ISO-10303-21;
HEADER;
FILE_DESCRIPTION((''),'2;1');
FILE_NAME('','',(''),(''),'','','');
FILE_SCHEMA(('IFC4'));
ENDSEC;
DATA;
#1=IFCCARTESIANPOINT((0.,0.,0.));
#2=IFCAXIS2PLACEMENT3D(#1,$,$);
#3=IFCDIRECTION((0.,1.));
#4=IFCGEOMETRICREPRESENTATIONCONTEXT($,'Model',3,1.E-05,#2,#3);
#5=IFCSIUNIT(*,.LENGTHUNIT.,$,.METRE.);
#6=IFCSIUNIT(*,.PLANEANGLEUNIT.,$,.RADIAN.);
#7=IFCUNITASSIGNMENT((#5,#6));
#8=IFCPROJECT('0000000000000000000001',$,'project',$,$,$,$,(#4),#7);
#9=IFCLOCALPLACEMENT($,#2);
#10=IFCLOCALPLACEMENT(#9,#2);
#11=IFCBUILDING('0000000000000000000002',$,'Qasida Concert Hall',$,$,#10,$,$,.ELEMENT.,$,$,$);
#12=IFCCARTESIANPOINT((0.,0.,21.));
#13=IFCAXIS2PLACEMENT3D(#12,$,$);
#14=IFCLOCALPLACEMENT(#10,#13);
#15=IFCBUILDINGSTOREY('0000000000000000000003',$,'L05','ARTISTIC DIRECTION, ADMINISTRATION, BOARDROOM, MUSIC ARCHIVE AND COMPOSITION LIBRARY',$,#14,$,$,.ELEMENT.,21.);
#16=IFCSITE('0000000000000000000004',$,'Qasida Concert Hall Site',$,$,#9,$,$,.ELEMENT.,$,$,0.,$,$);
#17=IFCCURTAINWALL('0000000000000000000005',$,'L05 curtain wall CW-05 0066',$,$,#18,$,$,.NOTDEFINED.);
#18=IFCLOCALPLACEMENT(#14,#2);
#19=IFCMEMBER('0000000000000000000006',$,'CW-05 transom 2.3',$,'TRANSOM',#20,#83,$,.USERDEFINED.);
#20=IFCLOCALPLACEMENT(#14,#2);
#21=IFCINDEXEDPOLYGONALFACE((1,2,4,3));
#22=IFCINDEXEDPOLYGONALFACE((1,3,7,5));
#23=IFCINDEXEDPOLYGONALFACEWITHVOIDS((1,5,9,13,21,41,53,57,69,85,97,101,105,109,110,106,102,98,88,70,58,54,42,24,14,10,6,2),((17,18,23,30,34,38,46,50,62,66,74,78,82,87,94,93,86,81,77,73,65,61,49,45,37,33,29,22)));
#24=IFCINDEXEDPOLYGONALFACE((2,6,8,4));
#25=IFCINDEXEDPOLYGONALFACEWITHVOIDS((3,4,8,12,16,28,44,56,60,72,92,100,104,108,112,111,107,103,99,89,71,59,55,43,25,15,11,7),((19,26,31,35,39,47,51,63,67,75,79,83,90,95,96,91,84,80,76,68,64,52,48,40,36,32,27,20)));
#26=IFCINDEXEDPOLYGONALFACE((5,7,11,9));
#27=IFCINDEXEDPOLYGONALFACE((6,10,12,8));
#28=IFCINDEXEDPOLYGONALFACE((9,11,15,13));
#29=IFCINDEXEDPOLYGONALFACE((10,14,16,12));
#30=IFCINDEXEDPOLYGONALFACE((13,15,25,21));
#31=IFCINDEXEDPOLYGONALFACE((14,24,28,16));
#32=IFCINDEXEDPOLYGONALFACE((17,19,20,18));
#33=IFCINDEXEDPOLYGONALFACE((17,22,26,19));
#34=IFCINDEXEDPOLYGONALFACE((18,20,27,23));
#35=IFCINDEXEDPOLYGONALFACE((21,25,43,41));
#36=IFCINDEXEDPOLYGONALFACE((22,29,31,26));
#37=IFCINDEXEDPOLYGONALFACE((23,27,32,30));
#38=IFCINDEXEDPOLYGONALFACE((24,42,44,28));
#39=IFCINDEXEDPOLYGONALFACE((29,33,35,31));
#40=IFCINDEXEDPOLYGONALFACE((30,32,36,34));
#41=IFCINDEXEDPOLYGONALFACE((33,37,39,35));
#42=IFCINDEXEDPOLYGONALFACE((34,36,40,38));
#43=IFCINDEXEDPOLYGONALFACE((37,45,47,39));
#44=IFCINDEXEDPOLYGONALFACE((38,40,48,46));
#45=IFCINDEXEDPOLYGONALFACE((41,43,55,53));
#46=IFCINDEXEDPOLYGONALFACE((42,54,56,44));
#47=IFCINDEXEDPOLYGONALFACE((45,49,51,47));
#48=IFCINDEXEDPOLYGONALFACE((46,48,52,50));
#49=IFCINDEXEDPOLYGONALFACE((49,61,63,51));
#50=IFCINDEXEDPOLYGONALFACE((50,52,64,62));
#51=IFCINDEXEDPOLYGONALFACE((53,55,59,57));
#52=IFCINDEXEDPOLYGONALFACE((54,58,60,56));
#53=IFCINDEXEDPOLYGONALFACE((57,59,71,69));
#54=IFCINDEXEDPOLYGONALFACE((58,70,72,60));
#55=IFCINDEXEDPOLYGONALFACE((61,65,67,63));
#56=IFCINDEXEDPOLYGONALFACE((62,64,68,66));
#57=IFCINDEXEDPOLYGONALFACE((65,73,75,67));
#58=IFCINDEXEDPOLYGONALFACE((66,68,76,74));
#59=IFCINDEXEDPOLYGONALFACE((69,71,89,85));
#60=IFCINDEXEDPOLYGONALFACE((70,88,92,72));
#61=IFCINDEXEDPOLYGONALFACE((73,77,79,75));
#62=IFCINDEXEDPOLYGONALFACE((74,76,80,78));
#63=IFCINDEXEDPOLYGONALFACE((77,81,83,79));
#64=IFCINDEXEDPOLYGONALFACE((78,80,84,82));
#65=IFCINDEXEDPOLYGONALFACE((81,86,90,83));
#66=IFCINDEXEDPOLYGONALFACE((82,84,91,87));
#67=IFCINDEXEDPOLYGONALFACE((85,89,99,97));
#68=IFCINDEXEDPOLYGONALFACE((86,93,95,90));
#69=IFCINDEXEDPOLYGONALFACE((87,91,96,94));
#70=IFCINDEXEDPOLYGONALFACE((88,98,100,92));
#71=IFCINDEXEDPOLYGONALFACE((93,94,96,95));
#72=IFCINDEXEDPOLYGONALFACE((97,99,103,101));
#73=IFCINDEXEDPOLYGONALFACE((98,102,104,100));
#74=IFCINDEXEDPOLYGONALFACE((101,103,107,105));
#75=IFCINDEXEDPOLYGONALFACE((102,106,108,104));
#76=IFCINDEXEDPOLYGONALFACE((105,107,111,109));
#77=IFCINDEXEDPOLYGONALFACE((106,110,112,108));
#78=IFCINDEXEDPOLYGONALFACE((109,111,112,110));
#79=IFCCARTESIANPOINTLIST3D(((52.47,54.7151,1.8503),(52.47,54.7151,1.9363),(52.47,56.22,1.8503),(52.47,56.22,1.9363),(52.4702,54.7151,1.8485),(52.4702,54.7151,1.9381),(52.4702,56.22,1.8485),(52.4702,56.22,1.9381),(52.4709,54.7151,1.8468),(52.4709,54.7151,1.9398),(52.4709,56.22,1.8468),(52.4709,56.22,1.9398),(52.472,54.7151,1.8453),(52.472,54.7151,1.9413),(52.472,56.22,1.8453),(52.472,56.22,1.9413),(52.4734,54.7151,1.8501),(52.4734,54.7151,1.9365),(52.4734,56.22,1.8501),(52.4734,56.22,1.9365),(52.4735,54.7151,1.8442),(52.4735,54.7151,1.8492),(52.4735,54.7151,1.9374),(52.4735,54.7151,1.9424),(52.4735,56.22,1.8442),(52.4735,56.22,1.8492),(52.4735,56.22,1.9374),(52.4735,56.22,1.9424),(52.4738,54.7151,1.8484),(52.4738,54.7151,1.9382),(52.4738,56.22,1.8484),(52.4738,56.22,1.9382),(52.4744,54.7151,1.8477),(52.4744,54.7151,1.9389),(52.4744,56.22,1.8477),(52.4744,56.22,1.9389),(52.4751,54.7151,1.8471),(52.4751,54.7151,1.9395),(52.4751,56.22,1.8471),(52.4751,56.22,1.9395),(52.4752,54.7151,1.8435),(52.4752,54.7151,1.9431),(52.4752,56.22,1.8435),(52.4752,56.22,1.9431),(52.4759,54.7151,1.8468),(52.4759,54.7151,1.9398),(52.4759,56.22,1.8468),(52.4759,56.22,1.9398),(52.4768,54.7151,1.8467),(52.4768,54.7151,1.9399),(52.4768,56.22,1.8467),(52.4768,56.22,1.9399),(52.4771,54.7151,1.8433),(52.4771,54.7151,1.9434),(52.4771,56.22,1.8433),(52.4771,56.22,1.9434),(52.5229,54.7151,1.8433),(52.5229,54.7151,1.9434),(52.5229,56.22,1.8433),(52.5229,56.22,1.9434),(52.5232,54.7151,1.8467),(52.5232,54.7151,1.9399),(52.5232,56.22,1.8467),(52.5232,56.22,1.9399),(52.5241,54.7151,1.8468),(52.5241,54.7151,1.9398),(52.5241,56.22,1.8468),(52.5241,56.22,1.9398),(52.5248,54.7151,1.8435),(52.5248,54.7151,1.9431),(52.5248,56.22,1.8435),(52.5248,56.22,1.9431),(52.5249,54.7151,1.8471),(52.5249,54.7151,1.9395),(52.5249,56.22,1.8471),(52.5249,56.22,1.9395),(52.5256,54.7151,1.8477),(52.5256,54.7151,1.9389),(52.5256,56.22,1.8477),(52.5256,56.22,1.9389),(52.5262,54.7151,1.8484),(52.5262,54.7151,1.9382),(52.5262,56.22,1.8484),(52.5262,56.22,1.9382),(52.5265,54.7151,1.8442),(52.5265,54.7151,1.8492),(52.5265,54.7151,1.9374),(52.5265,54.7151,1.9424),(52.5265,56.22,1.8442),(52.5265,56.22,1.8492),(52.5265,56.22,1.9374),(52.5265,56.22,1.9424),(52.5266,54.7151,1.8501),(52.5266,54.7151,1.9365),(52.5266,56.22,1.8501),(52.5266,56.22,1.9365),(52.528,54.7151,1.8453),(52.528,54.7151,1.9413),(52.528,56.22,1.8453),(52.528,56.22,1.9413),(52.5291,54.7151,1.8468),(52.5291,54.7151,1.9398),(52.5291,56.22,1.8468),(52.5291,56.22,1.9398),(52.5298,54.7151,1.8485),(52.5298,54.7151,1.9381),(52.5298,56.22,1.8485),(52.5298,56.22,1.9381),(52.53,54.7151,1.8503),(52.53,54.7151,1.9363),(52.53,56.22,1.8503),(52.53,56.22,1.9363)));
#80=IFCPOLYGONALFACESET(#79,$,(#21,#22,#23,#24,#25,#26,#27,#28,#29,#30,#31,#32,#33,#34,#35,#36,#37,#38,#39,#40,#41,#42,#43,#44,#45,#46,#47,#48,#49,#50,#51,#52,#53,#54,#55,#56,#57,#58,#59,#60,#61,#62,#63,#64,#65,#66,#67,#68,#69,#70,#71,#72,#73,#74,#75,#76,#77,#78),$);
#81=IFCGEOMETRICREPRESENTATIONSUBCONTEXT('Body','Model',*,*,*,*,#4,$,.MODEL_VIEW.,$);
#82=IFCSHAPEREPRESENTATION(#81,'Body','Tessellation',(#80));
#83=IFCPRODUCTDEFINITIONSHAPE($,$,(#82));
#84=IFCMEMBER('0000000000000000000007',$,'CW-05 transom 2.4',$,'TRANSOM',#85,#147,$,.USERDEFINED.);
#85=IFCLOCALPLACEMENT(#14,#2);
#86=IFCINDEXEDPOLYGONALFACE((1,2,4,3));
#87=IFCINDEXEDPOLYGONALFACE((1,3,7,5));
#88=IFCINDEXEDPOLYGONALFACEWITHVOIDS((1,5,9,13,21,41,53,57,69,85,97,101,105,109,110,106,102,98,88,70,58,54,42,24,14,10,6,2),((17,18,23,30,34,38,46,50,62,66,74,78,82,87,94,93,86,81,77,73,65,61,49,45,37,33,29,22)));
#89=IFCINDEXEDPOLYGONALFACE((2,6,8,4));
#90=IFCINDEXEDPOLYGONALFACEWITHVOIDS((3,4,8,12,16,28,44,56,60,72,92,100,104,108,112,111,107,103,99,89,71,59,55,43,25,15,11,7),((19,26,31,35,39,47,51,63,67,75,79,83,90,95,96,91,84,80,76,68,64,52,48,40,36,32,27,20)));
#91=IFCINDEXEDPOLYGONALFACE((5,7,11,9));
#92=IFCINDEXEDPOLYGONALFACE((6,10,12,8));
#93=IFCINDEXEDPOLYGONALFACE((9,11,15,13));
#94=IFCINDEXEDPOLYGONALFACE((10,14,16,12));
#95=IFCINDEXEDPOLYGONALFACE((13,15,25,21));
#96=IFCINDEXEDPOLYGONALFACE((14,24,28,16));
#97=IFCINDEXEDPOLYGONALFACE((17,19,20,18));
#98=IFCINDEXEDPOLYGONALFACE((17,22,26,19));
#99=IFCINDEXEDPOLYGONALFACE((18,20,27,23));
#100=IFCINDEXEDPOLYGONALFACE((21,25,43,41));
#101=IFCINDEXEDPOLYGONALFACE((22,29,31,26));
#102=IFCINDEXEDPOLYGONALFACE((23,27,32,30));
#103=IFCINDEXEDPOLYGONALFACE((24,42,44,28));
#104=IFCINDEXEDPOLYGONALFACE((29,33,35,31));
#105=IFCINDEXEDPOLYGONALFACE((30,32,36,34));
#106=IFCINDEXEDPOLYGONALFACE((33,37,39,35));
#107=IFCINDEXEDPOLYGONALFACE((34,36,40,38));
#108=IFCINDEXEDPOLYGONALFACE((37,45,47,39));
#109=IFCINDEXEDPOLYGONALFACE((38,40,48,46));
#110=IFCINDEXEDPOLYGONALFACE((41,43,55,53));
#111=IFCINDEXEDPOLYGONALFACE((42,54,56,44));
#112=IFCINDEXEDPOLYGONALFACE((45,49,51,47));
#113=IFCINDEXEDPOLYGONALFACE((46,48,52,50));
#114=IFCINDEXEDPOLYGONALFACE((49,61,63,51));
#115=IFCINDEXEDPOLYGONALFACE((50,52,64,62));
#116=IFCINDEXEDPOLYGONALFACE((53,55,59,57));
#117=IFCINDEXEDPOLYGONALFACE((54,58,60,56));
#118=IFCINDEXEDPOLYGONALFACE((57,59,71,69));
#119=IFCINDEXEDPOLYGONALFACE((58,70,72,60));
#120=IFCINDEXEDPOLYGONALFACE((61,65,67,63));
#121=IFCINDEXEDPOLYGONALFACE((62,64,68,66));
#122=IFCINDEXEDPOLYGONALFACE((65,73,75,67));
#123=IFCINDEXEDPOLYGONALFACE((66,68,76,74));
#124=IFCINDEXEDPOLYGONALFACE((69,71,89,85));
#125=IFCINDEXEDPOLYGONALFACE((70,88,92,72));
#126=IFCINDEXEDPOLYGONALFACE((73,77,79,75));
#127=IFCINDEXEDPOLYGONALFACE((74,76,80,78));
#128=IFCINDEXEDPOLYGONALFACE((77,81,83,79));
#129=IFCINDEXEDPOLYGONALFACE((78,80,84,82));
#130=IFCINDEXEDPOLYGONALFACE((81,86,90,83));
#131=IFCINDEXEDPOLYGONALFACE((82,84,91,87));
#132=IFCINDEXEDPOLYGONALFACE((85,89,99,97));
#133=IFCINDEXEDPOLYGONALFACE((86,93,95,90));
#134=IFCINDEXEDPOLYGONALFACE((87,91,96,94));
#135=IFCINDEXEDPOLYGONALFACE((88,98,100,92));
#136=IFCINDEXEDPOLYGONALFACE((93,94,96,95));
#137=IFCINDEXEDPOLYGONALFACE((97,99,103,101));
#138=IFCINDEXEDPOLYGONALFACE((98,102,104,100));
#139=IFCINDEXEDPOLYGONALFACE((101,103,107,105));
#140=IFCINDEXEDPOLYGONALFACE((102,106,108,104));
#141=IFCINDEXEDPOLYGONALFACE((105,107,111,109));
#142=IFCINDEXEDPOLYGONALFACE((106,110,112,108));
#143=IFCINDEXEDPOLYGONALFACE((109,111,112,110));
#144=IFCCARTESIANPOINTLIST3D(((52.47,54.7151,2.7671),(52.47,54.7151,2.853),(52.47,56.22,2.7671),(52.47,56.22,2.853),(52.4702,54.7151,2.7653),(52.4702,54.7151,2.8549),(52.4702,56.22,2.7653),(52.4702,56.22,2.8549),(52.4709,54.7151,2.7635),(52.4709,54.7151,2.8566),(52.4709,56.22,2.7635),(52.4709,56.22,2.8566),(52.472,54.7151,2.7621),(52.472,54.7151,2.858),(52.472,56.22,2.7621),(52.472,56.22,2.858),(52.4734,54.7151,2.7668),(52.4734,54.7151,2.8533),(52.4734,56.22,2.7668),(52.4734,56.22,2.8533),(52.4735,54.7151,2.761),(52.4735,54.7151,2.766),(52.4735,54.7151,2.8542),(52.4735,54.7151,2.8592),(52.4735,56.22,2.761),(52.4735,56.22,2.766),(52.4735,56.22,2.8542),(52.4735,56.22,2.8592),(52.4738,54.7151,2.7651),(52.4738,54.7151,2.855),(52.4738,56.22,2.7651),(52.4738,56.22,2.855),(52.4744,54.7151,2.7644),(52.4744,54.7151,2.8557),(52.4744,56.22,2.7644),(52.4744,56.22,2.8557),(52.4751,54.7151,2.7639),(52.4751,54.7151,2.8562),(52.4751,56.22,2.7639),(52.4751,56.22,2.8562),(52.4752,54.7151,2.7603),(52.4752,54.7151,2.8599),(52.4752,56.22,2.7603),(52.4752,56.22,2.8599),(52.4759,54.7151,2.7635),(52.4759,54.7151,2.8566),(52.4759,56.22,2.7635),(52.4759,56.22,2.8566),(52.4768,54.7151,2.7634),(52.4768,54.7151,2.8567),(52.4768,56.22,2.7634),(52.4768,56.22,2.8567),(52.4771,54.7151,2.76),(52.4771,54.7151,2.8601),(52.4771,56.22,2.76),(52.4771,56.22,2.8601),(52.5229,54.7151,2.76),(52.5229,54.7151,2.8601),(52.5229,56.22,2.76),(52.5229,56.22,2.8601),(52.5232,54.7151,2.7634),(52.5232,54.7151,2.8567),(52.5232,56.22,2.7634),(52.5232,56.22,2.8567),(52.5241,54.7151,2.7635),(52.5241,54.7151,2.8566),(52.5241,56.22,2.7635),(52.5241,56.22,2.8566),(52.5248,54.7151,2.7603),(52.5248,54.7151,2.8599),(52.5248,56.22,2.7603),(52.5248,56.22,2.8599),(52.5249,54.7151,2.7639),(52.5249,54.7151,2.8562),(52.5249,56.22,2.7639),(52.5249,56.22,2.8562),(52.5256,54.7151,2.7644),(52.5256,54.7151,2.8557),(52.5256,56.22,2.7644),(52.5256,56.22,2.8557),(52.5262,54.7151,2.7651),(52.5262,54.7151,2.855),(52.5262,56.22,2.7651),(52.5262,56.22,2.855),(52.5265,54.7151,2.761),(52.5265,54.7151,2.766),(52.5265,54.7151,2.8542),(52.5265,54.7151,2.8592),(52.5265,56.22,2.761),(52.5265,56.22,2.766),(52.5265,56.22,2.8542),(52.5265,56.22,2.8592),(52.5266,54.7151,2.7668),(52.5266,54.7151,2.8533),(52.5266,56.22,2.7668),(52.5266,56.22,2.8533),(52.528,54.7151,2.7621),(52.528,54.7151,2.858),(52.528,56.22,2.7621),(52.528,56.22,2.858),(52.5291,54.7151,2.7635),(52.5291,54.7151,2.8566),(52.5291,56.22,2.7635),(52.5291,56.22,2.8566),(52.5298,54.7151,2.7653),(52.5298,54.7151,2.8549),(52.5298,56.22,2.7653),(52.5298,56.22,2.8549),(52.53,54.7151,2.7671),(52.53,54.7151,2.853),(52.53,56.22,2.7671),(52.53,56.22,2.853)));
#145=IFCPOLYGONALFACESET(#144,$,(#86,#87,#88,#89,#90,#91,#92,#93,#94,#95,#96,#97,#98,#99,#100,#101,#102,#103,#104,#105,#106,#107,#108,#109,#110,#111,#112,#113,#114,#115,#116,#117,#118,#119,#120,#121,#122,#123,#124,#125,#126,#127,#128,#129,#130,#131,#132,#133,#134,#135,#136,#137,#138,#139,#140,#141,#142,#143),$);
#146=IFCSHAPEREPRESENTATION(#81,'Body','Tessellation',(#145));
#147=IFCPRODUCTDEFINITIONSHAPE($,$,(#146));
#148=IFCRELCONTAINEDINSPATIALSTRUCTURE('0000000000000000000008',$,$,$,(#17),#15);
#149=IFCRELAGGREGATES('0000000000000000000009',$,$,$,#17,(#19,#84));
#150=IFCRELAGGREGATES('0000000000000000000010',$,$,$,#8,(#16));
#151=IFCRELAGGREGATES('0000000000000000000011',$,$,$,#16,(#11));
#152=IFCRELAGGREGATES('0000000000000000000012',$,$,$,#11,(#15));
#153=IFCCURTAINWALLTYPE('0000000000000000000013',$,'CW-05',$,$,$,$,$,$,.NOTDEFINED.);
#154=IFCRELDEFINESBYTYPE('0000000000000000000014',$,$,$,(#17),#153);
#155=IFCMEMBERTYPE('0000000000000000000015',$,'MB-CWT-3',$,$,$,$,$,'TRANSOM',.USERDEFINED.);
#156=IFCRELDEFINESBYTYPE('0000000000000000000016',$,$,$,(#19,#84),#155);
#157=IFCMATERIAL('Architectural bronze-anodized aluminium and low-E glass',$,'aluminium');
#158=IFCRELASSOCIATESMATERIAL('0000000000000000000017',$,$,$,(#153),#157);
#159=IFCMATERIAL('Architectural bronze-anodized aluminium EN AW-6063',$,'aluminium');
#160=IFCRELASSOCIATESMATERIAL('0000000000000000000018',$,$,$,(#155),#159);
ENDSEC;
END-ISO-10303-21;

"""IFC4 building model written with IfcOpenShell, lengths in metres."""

from ifc_helpers import new_model, si_unit, direction, frame, origin, origin_2d, place, context, subcontext, project, spatial, hollow_rectangle, extrude, material, material_profile, profile_set, type_object, element, aggregate, save


model = new_model("IFC4")

# Units and contexts
model_context = context("Model", 3, precision=1e-05, world=origin(), true_north=direction((0.0, 1.0)))
body_context = subcontext(model_context, "Body", "Model", "MODEL_VIEW")
ifc_project = project(units=[si_unit("LENGTHUNIT", "METRE"), si_unit("PLANEANGLEUNIT", "RADIAN")], contexts=[model_context])

# Site, building, storey
site_placement = place(None, origin())
site = spatial("IfcSite", under=ifc_project, at=site_placement, Name="Qasida Concert Hall Site", CompositionType="ELEMENT", RefElevation=0.0)
building_placement = place(site_placement, origin())
building = spatial("IfcBuilding", under=site, at=building_placement, Name="Qasida Concert Hall", CompositionType="ELEMENT")
storey_placement = place(building_placement, frame((0.0, 0.0, 21.0)))
storey = spatial("IfcBuildingStorey", under=building, at=storey_placement, Name="L05", Description="ARTISTIC DIRECTION, ADMINISTRATION, BOARDROOM, MUSIC ARCHIVE AND COMPOSITION LIBRARY", CompositionType="ELEMENT", Elevation=21.0)

# Curtain wall, members
ifc_material_1 = material(Name="Architectural bronze-anodized aluminium and low-E glass", Category="aluminium")
curtain_wall_type = type_object("IfcCurtainWallType", Name="CW-05", PredefinedType="NOTDEFINED", material=ifc_material_1)
curtain_wall_placement = place(storey_placement, origin())
curtain_wall = element("IfcCurtainWall", 1, at=curtain_wall_placement, inside=storey, type_object=curtain_wall_type, Name="L05 curtain wall CW-05 0066", PredefinedType="NOTDEFINED")
ifc_material_2 = material(Name="Architectural bronze-anodized aluminium EN AW-6063", Category="aluminium")
ifc_material_profile_1 = material_profile(ifc_material_2, hollow_rectangle(XDim=0.0601, YDim=0.1001, WallThickness=0.0034, InnerFilletRadius=0.0034, OuterFilletRadius=0.0071, at=origin_2d()), Name="CWT 100x60x3.5")
ifc_profile_set_1 = profile_set([ifc_material_profile_1], Name="Architectural bronze-anodized aluminium EN AW-6063")
member_type_1 = type_object("IfcMemberType", Name="MB-CWT-3", ElementType="TRANSOM", PredefinedType="USERDEFINED", material=ifc_profile_set_1)
member_1_placement = place(storey_placement, frame((52.5, 54.7151, 1.8933), z_axis=(0.0, 1.0, 0.0), x_axis=(-1.0, 0.0, 0.0)))
member_1 = element("IfcMember", 2, at=member_1_placement, type_object=member_type_1, Name="CW-05 transom 2.3", ObjectType="TRANSOM", PredefinedType="USERDEFINED", context=body_context, shape_type="SweptSolid", body=[
    extrude(hollow_rectangle(XDim=0.0601, YDim=0.1001, WallThickness=0.0034, InnerFilletRadius=0.0034, OuterFilletRadius=0.0071, at=origin_2d()), origin(), (0.0, 0.0, 1.0), 1.5049),
])
member_2_placement = place(storey_placement, frame((52.5, 54.7151, 2.8101), z_axis=(0.0, 1.0, 0.0), x_axis=(-1.0, 0.0, 0.0)))
member_2 = element("IfcMember", 3, at=member_2_placement, type_object=member_type_1, Name="CW-05 transom 2.4", ObjectType="TRANSOM", PredefinedType="USERDEFINED", context=body_context, shape_type="SweptSolid", body=[
    extrude(hollow_rectangle(XDim=0.0601, YDim=0.1001, WallThickness=0.0034, InnerFilletRadius=0.0034, OuterFilletRadius=0.0071, at=origin_2d()), origin(), (0.0, 0.0, 1.0), 1.5049),
])
aggregate(curtain_wall, [member_1, member_2])

save(model, "model.ifc")
